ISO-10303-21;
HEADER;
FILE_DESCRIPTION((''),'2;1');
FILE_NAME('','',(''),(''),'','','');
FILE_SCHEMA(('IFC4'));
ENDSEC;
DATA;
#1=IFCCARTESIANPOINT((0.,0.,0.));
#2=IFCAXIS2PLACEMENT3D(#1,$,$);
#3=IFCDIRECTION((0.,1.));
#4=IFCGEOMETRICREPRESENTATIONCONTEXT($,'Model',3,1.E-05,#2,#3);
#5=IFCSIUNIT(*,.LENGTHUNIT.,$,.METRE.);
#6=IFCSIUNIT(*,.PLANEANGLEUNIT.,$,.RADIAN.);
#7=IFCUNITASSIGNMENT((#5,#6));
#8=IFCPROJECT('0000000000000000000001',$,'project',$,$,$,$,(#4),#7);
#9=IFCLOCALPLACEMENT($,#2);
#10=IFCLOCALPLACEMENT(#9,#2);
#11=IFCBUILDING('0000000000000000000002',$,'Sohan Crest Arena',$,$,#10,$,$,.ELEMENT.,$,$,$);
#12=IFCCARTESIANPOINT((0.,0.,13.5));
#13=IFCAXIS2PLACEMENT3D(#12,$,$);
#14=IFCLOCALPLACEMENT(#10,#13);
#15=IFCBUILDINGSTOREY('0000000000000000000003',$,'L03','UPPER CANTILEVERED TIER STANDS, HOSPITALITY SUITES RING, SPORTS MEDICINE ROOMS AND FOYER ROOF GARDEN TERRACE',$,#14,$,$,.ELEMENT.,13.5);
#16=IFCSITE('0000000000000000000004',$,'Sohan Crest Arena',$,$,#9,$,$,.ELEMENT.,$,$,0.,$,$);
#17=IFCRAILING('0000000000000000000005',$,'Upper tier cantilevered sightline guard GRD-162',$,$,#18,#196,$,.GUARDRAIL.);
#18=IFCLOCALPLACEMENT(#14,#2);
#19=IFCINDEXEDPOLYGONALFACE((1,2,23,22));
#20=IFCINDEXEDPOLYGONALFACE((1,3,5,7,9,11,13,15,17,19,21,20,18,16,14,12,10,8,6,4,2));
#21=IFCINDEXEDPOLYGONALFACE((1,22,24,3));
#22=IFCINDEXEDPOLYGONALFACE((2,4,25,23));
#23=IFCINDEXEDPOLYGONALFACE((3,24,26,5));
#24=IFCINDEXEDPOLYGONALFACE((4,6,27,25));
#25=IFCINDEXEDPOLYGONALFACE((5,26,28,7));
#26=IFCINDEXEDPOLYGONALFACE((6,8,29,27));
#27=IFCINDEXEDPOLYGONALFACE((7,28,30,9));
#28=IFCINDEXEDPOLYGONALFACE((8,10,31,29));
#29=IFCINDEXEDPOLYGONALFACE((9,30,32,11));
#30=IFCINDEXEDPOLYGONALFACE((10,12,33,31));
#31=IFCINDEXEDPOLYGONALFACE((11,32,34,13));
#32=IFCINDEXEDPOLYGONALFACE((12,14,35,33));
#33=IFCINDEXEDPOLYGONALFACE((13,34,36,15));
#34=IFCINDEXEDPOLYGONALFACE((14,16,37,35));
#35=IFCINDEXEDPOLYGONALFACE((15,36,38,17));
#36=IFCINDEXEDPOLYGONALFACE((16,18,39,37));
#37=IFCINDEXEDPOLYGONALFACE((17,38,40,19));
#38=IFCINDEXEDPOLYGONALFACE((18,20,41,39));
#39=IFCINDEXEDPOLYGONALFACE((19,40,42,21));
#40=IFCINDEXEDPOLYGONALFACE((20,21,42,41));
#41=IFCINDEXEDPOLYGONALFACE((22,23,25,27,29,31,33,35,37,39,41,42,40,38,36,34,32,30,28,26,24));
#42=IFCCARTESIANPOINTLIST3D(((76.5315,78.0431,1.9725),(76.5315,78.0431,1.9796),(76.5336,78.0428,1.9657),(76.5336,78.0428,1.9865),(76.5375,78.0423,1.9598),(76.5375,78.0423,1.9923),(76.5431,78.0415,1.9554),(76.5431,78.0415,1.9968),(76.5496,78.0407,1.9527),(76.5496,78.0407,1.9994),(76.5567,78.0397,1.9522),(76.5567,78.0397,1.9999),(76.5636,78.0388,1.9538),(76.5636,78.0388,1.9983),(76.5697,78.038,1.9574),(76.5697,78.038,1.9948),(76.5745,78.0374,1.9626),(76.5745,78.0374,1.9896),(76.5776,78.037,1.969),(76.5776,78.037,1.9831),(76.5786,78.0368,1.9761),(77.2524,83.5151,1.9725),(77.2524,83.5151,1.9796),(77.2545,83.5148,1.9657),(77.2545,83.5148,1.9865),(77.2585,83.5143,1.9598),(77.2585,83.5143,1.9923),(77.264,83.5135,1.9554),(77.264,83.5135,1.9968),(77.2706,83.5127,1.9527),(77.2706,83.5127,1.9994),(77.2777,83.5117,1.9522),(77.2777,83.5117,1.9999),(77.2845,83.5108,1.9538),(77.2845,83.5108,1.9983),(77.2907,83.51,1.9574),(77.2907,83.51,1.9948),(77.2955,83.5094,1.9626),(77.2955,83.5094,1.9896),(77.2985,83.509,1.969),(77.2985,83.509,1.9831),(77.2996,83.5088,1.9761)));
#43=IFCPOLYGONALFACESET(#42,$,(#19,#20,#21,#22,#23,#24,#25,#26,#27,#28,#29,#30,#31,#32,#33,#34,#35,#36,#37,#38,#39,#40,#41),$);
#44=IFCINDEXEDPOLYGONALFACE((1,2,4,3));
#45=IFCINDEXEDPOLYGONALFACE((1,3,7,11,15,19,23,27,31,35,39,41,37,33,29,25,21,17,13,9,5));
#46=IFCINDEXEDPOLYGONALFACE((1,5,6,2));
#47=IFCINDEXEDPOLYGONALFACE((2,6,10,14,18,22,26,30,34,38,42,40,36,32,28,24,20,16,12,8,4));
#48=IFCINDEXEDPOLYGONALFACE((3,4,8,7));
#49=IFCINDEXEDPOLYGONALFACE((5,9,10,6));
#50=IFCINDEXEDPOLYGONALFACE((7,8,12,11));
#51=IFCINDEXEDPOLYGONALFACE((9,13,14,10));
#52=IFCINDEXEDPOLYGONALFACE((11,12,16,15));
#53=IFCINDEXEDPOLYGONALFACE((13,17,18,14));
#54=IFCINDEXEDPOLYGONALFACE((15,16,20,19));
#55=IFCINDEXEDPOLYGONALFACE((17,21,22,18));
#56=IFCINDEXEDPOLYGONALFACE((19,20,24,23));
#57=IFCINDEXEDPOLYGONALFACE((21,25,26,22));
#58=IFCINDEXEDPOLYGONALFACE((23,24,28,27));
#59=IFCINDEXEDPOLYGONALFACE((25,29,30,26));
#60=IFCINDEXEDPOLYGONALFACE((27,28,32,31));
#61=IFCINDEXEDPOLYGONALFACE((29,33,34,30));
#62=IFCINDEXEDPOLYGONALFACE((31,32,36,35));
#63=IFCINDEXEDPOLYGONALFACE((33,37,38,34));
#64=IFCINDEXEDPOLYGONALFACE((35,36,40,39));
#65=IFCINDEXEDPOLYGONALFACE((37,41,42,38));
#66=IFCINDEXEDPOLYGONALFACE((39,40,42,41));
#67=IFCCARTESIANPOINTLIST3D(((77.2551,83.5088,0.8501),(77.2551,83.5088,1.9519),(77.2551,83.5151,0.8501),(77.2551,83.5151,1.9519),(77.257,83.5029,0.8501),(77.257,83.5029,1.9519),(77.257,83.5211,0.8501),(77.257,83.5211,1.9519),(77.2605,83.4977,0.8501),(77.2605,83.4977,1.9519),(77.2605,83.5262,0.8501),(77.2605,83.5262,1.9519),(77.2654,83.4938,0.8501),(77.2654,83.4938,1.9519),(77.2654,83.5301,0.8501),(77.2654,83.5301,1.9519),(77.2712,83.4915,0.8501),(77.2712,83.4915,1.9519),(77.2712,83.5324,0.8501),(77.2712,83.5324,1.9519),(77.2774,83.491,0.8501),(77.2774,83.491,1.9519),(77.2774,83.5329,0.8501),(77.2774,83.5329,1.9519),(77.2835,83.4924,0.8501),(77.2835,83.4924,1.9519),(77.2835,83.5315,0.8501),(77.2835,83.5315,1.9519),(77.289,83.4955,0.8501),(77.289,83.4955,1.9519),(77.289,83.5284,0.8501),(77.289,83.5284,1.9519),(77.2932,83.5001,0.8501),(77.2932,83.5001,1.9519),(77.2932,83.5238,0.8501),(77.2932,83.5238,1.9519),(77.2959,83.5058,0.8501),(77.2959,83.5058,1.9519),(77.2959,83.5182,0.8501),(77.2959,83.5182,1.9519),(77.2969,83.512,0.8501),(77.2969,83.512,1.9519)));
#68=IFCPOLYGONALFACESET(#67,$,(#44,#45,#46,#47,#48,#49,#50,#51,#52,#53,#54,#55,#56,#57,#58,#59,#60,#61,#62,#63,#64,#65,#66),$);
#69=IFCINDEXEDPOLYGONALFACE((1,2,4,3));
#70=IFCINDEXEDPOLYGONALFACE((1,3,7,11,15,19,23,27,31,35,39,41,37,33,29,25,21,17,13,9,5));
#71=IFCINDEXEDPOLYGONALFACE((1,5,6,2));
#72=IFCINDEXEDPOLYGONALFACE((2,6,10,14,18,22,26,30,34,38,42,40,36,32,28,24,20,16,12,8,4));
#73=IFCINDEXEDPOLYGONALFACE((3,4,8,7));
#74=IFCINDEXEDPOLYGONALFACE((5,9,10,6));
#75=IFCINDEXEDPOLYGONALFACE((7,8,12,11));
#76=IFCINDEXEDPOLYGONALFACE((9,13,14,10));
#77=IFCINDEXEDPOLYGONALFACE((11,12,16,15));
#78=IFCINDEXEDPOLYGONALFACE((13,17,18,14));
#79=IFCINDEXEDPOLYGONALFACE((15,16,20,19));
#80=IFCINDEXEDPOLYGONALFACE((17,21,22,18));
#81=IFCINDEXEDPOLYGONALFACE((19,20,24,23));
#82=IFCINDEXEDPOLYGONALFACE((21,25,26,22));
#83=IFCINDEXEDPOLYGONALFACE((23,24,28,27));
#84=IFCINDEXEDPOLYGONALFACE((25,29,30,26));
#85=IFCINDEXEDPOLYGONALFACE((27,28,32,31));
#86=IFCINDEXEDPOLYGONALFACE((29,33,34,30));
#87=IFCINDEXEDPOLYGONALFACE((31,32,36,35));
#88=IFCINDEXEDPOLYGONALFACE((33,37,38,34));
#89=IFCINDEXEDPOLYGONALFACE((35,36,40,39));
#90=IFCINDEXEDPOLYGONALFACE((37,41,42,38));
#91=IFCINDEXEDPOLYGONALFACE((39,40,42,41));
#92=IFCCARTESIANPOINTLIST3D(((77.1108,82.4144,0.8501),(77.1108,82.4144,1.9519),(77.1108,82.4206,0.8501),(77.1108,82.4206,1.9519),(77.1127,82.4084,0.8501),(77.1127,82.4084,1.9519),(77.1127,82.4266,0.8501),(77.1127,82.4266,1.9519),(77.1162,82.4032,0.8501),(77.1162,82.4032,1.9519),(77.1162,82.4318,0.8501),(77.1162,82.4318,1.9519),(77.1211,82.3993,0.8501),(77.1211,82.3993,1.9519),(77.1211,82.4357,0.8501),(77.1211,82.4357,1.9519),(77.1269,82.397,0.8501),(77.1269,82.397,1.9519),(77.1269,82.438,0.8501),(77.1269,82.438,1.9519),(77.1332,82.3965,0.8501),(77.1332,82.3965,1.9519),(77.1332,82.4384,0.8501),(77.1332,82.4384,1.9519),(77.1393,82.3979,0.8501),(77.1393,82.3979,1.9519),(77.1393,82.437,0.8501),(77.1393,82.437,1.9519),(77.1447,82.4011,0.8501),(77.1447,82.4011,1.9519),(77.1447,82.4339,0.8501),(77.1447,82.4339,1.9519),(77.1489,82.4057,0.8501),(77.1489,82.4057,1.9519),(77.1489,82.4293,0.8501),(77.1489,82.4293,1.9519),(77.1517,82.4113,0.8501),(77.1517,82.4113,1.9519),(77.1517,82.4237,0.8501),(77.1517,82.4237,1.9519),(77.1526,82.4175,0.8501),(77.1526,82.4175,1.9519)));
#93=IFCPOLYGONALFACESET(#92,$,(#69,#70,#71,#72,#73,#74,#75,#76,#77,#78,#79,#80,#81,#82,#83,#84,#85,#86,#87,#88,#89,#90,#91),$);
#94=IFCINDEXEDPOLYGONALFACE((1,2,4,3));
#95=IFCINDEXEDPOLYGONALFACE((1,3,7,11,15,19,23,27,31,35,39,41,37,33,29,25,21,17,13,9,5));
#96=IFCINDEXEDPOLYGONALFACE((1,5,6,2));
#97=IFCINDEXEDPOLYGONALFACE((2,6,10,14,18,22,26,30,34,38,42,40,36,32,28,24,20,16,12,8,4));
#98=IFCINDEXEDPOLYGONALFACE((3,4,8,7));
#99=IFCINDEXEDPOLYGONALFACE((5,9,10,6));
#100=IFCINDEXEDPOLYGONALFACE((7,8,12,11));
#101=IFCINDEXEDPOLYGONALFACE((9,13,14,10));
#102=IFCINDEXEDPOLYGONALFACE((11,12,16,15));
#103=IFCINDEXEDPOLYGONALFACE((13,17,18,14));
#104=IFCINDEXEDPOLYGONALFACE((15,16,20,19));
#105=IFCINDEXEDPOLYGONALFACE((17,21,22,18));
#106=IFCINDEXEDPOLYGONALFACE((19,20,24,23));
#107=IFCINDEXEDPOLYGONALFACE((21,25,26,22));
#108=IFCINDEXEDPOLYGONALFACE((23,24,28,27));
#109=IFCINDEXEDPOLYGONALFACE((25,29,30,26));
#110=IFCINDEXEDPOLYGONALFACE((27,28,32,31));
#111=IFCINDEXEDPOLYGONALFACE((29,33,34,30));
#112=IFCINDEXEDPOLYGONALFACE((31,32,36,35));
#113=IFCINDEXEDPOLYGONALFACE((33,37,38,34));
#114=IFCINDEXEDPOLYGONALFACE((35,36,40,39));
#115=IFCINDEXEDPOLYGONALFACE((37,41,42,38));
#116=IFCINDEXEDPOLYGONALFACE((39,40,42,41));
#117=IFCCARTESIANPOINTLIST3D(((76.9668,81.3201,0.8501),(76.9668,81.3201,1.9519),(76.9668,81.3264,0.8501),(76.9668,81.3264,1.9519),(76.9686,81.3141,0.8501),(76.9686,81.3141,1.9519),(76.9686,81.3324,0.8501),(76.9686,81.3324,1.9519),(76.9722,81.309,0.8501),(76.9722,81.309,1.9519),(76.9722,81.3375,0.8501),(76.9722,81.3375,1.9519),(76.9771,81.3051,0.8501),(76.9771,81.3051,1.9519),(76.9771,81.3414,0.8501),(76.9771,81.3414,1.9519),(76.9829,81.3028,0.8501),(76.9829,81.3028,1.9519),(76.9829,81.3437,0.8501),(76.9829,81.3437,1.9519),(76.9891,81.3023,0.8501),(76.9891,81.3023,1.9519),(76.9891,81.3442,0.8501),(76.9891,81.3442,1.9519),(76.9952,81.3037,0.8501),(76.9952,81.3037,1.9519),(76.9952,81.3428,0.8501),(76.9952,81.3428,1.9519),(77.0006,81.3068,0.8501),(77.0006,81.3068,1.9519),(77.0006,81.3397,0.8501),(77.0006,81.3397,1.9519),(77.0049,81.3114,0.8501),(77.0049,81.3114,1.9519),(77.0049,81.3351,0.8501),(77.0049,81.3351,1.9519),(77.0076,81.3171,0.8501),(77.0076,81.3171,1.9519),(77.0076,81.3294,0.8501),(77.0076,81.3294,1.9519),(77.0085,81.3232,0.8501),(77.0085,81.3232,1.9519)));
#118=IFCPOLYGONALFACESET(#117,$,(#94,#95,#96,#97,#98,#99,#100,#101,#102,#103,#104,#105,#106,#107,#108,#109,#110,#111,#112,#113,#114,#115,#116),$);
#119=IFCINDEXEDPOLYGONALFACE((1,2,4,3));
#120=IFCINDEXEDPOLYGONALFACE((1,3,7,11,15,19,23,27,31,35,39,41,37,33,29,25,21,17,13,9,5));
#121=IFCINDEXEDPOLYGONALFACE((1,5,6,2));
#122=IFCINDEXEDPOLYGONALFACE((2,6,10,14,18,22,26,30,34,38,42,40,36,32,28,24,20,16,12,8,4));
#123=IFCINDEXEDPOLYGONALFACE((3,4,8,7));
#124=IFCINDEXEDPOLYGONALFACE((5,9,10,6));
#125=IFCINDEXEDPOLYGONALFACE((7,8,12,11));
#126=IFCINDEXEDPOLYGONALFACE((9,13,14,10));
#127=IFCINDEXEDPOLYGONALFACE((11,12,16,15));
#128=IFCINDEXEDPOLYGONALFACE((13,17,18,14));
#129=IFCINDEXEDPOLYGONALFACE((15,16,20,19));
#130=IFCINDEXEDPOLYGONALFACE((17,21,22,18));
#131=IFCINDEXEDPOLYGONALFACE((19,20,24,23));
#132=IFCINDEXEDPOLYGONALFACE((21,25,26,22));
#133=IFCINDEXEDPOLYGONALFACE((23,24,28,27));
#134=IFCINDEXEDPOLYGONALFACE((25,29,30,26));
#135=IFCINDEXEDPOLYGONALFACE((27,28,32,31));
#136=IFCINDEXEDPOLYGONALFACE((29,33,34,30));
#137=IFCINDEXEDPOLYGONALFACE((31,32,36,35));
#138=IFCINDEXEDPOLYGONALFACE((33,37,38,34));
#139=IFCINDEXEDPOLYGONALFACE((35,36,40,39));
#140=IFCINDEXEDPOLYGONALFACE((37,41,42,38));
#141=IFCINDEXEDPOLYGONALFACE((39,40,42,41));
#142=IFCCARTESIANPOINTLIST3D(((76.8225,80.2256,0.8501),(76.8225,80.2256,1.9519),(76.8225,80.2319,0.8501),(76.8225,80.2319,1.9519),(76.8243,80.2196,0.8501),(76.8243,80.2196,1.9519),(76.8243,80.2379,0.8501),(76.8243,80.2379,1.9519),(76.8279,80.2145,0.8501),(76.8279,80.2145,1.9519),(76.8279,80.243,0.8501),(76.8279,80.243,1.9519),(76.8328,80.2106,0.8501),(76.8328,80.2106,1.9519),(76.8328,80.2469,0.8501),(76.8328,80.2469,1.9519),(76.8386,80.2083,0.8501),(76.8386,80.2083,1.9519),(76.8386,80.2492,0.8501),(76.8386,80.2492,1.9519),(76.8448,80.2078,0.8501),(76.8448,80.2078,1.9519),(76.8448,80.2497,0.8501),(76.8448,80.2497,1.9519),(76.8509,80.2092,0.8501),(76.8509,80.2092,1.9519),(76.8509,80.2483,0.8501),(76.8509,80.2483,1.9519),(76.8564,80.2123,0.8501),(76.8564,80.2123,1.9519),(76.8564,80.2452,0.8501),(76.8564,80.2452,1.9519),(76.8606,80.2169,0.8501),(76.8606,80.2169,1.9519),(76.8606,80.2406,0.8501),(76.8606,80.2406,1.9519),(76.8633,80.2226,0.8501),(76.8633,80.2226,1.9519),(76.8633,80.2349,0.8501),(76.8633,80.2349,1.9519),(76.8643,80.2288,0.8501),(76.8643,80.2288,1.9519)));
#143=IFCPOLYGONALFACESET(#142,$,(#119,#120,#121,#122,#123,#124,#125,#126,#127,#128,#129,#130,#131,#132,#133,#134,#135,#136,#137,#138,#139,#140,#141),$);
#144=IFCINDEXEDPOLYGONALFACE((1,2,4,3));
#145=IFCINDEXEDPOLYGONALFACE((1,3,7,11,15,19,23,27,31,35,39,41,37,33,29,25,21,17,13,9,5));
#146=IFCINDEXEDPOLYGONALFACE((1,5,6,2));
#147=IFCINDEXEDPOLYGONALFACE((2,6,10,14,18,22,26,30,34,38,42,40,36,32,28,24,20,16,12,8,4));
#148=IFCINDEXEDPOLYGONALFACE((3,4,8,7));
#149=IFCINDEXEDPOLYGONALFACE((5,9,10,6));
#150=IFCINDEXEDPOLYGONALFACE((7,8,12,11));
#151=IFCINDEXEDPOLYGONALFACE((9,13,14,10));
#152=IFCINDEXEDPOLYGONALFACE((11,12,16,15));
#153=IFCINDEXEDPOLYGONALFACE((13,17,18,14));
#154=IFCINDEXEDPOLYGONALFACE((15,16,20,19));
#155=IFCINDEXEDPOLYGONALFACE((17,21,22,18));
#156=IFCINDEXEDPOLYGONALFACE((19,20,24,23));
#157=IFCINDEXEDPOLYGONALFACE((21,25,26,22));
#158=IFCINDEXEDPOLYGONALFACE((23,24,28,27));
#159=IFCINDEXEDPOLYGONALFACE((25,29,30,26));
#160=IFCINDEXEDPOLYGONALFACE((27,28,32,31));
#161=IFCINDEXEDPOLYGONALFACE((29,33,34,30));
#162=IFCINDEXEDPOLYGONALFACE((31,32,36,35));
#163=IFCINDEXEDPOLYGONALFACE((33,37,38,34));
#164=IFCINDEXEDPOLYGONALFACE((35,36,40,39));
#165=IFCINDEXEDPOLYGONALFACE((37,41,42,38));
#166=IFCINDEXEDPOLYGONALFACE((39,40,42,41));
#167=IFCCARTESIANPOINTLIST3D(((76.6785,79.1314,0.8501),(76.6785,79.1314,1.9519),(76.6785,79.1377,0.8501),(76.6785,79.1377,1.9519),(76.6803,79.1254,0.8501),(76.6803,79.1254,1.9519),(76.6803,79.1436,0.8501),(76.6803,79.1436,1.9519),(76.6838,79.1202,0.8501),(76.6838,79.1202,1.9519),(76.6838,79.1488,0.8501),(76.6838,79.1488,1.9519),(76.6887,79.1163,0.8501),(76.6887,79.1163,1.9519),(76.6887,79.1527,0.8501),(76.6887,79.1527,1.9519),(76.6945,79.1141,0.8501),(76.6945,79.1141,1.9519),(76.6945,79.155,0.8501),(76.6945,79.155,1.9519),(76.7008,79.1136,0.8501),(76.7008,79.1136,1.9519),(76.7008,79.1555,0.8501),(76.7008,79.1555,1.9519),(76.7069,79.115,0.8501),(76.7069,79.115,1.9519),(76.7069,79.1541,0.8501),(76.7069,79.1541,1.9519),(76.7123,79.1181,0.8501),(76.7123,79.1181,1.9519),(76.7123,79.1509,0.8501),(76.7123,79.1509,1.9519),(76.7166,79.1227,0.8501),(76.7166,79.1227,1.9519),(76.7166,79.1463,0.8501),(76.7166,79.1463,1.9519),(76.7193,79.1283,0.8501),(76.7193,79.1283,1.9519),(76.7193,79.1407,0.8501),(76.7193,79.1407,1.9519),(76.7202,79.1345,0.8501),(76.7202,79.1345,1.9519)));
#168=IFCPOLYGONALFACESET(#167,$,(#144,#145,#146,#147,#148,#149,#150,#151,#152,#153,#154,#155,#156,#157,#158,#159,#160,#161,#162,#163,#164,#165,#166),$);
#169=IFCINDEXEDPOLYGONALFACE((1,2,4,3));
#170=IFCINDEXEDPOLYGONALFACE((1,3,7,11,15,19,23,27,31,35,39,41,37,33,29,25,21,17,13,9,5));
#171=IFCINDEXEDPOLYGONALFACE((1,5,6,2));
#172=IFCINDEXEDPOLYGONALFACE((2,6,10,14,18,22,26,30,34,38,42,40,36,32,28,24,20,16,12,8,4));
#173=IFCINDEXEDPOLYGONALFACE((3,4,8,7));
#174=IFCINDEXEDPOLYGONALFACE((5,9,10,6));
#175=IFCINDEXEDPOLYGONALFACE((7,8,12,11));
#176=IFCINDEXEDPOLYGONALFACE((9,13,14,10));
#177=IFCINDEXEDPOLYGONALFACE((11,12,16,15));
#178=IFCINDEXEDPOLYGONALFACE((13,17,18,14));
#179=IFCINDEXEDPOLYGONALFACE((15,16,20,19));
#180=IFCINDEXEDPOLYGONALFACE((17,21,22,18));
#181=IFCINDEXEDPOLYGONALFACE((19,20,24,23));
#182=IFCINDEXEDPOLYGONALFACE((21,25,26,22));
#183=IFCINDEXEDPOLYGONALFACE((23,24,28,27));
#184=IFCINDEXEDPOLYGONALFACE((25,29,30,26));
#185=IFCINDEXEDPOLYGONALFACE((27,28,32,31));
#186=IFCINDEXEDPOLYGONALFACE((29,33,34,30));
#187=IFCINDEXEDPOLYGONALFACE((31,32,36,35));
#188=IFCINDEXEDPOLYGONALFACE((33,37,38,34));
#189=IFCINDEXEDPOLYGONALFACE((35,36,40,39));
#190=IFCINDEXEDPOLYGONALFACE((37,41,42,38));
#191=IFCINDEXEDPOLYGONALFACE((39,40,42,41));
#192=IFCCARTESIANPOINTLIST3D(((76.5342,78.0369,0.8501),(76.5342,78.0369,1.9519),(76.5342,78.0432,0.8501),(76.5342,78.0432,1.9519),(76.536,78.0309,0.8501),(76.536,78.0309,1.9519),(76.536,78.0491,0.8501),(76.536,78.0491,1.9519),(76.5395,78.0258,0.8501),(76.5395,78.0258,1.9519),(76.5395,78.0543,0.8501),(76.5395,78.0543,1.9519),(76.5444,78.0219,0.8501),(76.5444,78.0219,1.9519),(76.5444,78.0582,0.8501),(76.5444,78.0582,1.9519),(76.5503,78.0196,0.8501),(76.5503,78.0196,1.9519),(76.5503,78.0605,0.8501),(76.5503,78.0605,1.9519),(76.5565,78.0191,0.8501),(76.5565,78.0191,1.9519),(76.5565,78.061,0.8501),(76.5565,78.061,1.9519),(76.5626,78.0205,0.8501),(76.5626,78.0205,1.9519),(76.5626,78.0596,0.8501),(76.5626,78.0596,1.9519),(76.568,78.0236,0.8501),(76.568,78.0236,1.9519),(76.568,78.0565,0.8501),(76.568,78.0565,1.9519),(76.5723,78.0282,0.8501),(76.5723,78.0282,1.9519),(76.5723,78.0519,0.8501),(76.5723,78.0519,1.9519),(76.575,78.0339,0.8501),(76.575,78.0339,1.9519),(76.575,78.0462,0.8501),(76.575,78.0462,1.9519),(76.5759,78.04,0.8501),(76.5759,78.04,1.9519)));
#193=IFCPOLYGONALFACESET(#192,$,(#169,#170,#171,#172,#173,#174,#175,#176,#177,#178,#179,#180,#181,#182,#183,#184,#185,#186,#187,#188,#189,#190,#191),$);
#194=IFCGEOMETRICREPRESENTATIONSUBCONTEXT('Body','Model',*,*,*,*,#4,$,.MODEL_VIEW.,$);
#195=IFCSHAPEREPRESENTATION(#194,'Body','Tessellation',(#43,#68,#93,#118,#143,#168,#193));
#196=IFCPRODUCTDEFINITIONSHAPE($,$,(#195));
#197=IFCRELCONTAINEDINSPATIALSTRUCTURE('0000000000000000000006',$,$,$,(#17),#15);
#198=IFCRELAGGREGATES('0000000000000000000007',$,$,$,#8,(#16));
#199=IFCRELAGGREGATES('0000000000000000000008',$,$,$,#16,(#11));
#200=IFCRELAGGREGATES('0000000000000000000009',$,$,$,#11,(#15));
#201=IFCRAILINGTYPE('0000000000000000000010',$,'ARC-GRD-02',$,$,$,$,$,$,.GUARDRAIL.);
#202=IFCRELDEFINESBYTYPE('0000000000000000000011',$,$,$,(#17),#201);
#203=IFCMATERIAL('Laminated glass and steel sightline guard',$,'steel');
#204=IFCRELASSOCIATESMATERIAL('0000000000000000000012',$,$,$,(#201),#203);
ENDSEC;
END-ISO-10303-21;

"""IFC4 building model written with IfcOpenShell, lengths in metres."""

from ifc_helpers import new_model, si_unit, direction, frame, origin, origin_2d, place, context, subcontext, project, spatial, circle, extrude, material, type_object, element, save


model = new_model("IFC4")

# Units and contexts
model_context = context("Model", 3, precision=1e-05, world=origin(), true_north=direction((0.0, 1.0)))
body_context = subcontext(model_context, "Body", "Model", "MODEL_VIEW")
ifc_project = project(units=[si_unit("LENGTHUNIT", "METRE"), si_unit("PLANEANGLEUNIT", "RADIAN")], contexts=[model_context])

# Site, building, storey
site_placement = place(None, origin())
site = spatial("IfcSite", under=ifc_project, at=site_placement, Name="Sohan Crest Arena", CompositionType="ELEMENT", RefElevation=0.0)
building_placement = place(site_placement, origin())
building = spatial("IfcBuilding", under=site, at=building_placement, Name="Sohan Crest Arena", CompositionType="ELEMENT")
storey_placement = place(building_placement, frame((0.0, 0.0, 13.5)))
storey = spatial("IfcBuildingStorey", under=building, at=storey_placement, Name="L03", Description="UPPER CANTILEVERED TIER STANDS, HOSPITALITY SUITES RING, SPORTS MEDICINE ROOMS AND FOYER ROOF GARDEN TERRACE", CompositionType="ELEMENT", Elevation=13.5)

# Railing
ifc_material_1 = material(Name="Laminated glass and steel sightline guard", Category="steel")
railing_type = type_object("IfcRailingType", Name="ARC-GRD-02", PredefinedType="GUARDRAIL", material=ifc_material_1)
railing_1_placement = place(storey_placement, frame((77.2759, 83.512, 0.8501)))
element("IfcRailing", 1, at=railing_1_placement, inside=storey, type_object=railing_type, Name="Upper tier cantilevered sightline guard GRD-162", PredefinedType="GUARDRAIL", context=body_context, shape_type="SweptSolid", body=[
    extrude(circle(Radius=0.0239, at=origin_2d()), frame((0.0, 0.0, 1.126), z_axis=(-0.130625, -0.991432, 0.0), x_axis=(0.991432, -0.130625, 0.0)), (0.0, 0.0, 1.0), 5.5193),
    extrude(circle(Radius=0.021, at=origin_2d()), origin(), (0.0, 0.0, 1.0), 1.1018),
    extrude(circle(Radius=0.021, at=origin_2d()), frame((-0.1443, -1.0945, 0.0)), (0.0, 0.0, 1.0), 1.1018),
    extrude(circle(Radius=0.021, at=origin_2d()), frame((-0.2883, -2.1887, 0.0)), (0.0, 0.0, 1.0), 1.1018),
    extrude(circle(Radius=0.021, at=origin_2d()), frame((-0.4326, -3.2832, 0.0)), (0.0, 0.0, 1.0), 1.1018),
    extrude(circle(Radius=0.021, at=origin_2d()), frame((-0.5767, -4.3774, 0.0)), (0.0, 0.0, 1.0), 1.1018),
    extrude(circle(Radius=0.021, at=origin_2d()), frame((-0.7209, -5.4719, 0.0)), (0.0, 0.0, 1.0), 1.1018),
])

save(model, "model.ifc")
